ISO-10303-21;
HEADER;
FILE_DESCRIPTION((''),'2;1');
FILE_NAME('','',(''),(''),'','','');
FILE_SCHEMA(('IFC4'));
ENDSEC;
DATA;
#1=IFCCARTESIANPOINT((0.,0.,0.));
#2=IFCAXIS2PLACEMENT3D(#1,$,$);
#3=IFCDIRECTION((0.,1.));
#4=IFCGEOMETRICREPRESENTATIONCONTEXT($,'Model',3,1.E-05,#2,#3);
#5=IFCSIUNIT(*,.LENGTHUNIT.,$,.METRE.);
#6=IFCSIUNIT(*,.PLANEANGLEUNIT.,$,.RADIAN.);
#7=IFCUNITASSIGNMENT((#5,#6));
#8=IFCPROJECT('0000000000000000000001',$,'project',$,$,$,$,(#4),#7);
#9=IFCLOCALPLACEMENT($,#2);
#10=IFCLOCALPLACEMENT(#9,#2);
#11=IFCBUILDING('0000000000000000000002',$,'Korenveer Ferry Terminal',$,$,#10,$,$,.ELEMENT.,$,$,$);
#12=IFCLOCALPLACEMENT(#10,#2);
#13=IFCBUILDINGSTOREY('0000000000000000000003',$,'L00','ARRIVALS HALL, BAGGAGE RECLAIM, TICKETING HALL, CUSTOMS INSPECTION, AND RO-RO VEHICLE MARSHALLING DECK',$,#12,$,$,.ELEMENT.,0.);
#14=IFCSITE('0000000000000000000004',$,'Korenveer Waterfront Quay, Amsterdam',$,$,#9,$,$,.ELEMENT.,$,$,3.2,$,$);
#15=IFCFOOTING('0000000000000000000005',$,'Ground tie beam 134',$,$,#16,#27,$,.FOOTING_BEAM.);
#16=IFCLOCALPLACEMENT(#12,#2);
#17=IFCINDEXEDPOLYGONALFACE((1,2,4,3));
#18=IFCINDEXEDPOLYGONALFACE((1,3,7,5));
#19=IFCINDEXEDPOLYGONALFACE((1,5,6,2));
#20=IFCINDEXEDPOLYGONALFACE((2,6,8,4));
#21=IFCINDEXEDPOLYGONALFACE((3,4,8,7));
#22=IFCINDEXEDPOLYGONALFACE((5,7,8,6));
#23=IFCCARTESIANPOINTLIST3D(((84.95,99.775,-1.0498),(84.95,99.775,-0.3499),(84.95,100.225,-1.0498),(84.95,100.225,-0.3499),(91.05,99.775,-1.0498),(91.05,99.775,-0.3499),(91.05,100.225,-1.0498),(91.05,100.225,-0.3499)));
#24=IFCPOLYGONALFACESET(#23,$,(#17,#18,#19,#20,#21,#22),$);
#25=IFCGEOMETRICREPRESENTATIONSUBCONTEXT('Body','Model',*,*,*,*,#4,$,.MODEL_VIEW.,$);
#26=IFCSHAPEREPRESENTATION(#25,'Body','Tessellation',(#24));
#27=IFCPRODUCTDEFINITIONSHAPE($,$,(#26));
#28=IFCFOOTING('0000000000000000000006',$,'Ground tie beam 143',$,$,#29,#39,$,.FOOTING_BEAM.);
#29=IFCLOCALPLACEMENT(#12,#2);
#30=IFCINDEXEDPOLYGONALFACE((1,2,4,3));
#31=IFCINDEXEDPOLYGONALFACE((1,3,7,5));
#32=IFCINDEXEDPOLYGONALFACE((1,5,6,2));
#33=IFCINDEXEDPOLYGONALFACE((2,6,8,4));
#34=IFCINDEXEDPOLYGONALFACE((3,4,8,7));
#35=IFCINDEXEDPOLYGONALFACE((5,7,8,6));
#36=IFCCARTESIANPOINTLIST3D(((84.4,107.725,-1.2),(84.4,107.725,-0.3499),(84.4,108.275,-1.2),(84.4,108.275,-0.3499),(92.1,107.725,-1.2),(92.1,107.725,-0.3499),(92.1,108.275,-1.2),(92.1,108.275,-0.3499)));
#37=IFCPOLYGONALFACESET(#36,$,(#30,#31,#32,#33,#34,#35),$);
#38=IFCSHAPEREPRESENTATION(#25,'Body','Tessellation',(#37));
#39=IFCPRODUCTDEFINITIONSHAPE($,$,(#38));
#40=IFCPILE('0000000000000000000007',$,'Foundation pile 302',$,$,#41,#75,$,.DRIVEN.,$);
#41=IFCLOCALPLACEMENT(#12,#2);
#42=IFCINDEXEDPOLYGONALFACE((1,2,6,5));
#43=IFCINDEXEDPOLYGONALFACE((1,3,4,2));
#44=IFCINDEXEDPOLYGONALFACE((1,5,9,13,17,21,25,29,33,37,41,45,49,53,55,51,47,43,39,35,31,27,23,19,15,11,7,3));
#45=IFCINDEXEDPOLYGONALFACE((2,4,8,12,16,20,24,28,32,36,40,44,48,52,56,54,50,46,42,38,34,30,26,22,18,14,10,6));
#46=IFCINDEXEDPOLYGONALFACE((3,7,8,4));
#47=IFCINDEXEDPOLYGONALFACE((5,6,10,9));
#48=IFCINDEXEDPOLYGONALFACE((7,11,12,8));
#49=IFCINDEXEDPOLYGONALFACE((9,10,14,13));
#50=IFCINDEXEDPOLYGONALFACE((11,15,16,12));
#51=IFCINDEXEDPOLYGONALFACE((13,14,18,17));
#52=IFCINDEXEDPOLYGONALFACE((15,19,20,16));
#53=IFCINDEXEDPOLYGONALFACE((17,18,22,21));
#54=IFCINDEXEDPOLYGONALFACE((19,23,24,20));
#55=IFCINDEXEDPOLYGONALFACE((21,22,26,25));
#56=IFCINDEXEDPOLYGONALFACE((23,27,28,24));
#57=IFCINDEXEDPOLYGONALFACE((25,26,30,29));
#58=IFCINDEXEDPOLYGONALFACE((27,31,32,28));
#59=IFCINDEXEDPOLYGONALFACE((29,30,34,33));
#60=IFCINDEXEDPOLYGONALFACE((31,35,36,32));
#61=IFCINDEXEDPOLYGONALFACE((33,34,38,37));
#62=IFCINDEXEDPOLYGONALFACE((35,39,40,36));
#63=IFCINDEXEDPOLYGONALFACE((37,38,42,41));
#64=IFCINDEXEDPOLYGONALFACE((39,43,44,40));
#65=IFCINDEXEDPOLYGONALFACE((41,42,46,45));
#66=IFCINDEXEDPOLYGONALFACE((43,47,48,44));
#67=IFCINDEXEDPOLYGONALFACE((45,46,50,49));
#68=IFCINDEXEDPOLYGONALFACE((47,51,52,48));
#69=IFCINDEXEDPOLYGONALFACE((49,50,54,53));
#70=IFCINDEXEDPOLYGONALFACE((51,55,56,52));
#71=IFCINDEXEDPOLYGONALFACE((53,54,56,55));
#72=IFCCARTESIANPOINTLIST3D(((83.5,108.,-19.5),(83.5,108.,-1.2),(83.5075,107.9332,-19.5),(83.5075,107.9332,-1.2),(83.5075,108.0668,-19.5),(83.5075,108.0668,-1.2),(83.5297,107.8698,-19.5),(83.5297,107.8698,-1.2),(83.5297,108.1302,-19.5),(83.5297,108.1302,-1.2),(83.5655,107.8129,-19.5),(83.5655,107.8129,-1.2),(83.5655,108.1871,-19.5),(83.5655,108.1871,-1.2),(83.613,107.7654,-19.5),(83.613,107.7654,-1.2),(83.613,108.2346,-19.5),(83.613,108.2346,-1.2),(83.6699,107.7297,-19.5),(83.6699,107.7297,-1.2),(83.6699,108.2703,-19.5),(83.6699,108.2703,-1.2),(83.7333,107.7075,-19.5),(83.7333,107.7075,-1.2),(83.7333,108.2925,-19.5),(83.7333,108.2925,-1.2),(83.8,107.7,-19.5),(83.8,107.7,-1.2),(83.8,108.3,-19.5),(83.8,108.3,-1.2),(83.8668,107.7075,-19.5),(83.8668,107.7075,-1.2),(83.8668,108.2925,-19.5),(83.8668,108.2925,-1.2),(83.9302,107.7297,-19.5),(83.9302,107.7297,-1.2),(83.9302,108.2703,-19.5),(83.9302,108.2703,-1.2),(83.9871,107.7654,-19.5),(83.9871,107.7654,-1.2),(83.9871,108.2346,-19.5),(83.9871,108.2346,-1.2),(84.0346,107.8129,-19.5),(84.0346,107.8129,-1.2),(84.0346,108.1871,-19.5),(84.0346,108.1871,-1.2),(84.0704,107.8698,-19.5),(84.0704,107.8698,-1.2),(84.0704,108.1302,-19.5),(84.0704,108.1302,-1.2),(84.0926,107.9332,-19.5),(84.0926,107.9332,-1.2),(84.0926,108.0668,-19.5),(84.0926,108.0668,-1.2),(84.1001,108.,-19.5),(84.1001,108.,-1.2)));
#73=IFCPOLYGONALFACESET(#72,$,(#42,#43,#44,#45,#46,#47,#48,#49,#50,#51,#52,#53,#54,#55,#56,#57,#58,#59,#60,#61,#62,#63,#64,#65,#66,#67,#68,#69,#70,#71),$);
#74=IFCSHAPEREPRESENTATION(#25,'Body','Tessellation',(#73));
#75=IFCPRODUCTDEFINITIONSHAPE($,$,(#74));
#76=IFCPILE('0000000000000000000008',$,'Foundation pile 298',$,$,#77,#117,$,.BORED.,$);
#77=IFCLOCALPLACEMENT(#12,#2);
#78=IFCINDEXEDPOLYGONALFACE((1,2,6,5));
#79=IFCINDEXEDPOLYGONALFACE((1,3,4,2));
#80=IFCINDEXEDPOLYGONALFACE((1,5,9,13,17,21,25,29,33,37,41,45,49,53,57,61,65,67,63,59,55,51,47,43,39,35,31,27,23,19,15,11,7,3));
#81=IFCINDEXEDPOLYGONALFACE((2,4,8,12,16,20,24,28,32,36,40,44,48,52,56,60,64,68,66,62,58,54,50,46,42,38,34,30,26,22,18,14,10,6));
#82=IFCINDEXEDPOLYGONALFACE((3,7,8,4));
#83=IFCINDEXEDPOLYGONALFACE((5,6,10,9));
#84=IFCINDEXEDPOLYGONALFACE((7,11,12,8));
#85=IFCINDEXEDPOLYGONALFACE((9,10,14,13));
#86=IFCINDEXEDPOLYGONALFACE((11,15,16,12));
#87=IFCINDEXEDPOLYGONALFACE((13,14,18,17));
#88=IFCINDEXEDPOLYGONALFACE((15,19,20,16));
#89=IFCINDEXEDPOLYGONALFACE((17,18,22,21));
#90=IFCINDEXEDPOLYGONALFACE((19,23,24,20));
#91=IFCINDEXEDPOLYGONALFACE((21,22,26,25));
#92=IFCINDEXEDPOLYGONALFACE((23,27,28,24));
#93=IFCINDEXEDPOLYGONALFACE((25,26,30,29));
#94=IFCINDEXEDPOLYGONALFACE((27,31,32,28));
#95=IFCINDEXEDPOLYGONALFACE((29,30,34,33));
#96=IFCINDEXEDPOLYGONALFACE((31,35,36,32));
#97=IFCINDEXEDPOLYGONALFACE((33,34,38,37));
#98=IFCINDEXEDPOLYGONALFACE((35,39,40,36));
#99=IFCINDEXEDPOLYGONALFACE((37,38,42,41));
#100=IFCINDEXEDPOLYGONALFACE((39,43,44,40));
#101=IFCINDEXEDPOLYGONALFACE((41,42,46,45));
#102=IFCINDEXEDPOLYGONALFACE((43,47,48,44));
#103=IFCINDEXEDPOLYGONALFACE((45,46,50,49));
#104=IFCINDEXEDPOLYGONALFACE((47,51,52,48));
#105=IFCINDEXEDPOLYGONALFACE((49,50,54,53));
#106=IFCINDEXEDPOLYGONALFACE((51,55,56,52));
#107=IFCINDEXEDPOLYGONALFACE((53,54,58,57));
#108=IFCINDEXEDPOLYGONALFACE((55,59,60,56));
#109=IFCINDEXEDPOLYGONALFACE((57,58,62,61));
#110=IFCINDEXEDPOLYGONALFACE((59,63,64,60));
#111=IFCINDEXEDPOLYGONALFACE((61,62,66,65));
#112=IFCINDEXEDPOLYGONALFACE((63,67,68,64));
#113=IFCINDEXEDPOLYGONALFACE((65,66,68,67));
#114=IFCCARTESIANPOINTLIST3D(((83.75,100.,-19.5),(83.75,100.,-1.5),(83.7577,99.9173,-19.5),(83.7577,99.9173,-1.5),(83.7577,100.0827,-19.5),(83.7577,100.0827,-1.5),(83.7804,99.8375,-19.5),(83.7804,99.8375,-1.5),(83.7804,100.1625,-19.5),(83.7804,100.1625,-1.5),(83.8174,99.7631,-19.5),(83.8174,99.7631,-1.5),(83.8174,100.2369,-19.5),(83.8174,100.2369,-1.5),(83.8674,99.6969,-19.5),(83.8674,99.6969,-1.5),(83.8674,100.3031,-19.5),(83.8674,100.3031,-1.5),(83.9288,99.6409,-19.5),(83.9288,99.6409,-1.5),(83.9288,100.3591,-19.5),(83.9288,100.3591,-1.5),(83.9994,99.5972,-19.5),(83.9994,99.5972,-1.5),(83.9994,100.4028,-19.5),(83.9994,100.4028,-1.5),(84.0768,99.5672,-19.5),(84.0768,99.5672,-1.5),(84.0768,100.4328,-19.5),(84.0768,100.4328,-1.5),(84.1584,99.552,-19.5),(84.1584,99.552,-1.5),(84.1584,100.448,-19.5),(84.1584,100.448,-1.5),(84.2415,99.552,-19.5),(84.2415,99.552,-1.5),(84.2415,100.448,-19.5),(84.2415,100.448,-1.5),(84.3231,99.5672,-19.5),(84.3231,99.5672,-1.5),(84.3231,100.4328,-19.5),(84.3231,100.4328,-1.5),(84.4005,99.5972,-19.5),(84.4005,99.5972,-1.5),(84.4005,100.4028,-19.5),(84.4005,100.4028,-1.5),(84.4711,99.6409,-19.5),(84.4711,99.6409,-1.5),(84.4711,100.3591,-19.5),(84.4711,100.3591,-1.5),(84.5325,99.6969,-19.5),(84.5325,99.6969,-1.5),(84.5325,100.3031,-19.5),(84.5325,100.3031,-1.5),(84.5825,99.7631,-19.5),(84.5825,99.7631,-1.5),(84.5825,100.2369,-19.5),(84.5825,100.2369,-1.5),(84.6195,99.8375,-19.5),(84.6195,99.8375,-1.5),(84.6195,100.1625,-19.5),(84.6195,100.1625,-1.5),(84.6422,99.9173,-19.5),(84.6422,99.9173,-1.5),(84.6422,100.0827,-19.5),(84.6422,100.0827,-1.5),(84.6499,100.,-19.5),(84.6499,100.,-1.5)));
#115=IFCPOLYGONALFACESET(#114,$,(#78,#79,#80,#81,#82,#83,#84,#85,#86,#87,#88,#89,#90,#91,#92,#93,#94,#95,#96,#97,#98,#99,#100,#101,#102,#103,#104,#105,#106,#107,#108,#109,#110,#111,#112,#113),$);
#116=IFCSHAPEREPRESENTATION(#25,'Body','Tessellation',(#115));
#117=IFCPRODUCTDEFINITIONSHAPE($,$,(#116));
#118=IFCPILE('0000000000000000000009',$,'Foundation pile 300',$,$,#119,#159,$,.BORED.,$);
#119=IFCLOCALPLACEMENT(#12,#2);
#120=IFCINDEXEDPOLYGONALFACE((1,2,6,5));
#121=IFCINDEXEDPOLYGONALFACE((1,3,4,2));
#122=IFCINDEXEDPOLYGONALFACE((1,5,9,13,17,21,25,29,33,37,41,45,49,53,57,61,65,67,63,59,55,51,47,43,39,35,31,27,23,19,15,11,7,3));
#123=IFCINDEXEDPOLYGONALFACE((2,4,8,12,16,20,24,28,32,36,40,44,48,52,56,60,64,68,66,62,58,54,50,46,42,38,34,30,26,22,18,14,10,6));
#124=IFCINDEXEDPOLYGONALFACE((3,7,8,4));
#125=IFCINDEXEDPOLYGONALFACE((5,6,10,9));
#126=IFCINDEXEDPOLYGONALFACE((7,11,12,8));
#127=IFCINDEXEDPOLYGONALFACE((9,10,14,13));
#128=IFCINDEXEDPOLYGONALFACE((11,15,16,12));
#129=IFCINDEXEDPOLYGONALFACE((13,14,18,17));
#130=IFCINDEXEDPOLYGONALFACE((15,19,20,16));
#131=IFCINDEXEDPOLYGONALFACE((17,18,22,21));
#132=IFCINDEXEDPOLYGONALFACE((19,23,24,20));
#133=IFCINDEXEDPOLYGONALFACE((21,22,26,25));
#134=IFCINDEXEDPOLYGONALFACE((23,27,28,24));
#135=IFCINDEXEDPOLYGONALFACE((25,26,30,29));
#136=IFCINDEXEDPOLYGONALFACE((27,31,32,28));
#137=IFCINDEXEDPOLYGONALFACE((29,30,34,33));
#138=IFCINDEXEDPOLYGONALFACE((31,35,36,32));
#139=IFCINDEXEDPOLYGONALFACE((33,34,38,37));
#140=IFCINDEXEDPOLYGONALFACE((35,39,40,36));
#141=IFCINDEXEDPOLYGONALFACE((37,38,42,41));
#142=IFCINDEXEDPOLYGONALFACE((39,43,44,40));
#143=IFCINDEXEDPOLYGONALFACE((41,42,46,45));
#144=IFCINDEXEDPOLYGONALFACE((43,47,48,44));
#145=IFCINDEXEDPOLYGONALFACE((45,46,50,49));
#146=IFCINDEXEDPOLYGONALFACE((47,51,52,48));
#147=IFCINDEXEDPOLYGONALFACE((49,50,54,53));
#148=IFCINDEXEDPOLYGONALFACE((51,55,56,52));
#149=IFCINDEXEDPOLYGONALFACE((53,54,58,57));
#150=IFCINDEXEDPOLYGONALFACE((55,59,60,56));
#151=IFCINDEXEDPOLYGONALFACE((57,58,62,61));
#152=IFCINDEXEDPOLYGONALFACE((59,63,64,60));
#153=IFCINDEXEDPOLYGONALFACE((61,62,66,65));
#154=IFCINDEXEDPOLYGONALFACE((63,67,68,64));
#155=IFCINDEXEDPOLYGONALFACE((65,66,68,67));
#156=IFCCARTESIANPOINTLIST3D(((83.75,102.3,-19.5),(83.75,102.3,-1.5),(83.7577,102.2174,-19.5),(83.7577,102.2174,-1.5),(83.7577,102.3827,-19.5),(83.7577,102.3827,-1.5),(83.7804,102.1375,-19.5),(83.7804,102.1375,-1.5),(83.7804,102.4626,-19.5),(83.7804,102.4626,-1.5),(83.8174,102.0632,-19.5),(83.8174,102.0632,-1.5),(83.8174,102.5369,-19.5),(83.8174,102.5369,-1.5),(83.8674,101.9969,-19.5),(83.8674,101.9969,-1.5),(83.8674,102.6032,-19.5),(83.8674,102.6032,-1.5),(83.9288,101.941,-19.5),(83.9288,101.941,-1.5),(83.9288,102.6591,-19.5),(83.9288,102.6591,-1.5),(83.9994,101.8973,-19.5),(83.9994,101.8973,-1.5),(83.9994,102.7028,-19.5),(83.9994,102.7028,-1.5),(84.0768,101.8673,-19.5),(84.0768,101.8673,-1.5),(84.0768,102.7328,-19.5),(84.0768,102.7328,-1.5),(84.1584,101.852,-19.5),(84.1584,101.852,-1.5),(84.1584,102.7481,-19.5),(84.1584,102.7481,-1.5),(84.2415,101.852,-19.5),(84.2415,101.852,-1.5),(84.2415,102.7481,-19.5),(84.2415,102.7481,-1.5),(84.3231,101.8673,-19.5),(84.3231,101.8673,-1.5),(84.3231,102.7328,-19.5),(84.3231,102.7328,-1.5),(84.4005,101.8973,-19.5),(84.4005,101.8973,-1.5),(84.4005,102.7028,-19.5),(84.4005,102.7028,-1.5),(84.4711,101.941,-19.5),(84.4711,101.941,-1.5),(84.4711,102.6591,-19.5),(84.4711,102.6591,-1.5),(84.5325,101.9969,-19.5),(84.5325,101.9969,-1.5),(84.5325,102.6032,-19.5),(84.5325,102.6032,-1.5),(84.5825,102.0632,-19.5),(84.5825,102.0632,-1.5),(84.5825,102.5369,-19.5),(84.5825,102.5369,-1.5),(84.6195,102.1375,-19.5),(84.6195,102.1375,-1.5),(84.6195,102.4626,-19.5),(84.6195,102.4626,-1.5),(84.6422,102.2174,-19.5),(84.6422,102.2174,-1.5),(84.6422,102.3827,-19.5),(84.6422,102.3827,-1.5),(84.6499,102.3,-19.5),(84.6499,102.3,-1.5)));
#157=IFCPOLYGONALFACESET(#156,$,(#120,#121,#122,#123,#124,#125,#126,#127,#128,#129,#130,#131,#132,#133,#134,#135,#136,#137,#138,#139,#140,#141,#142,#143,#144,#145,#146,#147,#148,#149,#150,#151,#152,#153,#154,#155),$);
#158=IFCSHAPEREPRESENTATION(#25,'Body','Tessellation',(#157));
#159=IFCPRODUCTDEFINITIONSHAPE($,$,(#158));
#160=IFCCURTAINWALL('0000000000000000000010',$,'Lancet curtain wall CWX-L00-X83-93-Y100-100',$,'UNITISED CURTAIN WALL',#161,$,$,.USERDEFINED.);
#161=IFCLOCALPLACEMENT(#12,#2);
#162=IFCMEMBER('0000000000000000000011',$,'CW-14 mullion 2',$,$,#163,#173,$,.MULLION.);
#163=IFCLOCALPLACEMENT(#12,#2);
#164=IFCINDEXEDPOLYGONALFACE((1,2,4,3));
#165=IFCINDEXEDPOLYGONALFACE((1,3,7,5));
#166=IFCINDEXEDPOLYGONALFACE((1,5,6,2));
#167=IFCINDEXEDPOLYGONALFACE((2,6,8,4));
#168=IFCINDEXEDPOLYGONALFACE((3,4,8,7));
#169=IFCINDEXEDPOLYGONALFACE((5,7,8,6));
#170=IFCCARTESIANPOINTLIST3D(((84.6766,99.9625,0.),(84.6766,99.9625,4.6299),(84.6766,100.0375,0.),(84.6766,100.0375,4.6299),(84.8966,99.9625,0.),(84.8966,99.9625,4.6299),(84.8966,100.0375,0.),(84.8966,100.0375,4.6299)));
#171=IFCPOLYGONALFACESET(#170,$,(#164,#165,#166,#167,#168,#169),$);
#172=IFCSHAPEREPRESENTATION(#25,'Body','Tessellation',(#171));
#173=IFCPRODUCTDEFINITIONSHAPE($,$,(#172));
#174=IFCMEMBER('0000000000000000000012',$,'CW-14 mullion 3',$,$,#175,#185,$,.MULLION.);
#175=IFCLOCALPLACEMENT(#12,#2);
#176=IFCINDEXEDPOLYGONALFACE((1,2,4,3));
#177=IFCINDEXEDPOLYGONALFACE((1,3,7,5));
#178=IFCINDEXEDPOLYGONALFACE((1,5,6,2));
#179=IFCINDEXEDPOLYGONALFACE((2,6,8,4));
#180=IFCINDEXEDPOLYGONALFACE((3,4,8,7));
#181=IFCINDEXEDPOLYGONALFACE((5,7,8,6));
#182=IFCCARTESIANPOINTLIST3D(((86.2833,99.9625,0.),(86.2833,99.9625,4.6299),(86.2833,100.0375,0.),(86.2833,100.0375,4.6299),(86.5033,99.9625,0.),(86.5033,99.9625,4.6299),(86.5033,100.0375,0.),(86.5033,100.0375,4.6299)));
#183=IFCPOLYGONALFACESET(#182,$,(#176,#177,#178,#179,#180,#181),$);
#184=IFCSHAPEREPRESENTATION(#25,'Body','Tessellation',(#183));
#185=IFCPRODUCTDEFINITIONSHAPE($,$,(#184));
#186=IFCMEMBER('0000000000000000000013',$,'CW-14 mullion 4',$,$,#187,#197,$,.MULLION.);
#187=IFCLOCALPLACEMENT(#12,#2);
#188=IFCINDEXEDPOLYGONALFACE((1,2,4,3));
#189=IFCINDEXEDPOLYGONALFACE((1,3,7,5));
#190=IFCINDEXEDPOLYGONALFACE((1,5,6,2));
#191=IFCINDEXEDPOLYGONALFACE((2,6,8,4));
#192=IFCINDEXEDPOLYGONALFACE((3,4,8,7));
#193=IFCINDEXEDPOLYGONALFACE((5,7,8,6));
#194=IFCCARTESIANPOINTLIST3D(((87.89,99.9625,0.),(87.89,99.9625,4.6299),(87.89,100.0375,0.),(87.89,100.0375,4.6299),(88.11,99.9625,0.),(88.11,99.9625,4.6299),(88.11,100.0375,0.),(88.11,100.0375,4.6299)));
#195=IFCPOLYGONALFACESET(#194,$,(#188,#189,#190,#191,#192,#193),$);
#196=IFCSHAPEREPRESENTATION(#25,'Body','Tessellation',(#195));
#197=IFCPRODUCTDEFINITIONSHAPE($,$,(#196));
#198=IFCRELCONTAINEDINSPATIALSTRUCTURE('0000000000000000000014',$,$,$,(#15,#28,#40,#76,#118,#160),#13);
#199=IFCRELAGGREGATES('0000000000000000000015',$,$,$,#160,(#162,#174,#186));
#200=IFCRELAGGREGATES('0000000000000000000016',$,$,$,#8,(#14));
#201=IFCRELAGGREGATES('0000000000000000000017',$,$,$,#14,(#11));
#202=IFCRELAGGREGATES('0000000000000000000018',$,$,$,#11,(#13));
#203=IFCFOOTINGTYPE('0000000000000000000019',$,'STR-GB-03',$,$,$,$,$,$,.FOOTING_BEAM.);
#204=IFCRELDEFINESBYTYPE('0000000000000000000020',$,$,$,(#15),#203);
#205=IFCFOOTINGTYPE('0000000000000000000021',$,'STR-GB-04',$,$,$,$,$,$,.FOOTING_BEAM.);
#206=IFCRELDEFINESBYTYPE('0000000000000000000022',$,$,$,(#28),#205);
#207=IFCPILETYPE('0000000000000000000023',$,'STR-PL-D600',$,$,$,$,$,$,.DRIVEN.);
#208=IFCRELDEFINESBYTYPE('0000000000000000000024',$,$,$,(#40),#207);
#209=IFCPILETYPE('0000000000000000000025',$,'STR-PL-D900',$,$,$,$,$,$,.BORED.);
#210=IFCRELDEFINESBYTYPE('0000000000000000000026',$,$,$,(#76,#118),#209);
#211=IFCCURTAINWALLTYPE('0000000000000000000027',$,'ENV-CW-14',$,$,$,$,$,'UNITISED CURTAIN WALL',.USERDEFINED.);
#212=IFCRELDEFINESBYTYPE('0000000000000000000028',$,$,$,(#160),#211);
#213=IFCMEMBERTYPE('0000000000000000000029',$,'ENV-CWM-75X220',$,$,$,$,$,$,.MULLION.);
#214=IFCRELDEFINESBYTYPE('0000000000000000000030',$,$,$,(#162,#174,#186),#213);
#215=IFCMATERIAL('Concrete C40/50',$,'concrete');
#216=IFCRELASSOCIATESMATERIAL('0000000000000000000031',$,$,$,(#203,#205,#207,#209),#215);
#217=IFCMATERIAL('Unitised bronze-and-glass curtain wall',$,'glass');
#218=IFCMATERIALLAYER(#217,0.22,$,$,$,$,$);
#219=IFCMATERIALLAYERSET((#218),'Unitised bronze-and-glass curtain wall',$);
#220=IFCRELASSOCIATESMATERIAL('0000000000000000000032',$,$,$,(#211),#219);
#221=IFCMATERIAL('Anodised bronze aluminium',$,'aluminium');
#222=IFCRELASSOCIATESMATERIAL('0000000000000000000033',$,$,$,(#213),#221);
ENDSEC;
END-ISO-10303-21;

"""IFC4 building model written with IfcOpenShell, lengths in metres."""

from ifc_helpers import new_model, si_unit, direction, frame, origin, origin_2d, place, context, subcontext, project, spatial, rectangle, circle, extrude, material, layer, layer_set, material_profile, profile_set, type_object, element, aggregate, save


model = new_model("IFC4")

# Units and contexts
model_context = context("Model", 3, precision=1e-05, world=origin(), true_north=direction((0.0, 1.0)))
body_context = subcontext(model_context, "Body", "Model", "MODEL_VIEW")
ifc_project = project(units=[si_unit("LENGTHUNIT", "METRE"), si_unit("PLANEANGLEUNIT", "RADIAN")], contexts=[model_context])

# Site, building, storey
site_placement = place(None, origin())
site = spatial("IfcSite", under=ifc_project, at=site_placement, Name="Korenveer Waterfront Quay, Amsterdam", CompositionType="ELEMENT", RefElevation=3.2)
building_placement = place(site_placement, origin())
building = spatial("IfcBuilding", under=site, at=building_placement, Name="Korenveer Ferry Terminal", CompositionType="ELEMENT")
storey_placement = place(building_placement, origin())
storey = spatial("IfcBuildingStorey", under=building, at=storey_placement, Name="L00", Description="ARRIVALS HALL, BAGGAGE RECLAIM, TICKETING HALL, CUSTOMS INSPECTION, AND RO-RO VEHICLE MARSHALLING DECK", CompositionType="ELEMENT", Elevation=0.0)

# Footings
ifc_material_1 = material(Name="Concrete C40/50", Category="concrete")
footing_type_1 = type_object("IfcFootingType", Name="STR-GB-03", PredefinedType="FOOTING_BEAM", material=ifc_material_1)
footing_1_placement = place(storey_placement, frame((88.0, 100.0, -1.0498), z_axis=(0.0, 0.0, 1.0), x_axis=(1.0, 0.0, 0.0)))
element("IfcFooting", 1, at=footing_1_placement, inside=storey, type_object=footing_type_1, Name="Ground tie beam 134", PredefinedType="FOOTING_BEAM", context=body_context, shape_type="SweptSolid", body=[
    extrude(rectangle(XDim=6.1001, YDim=0.45, at=origin_2d()), origin(), (0.0, 0.0, 1.0), 0.7),
])
footing_type_2 = type_object("IfcFootingType", Name="STR-GB-04", PredefinedType="FOOTING_BEAM", material=ifc_material_1)
footing_2_placement = place(storey_placement, frame((88.25, 108.0, -1.2), z_axis=(0.0, 0.0, 1.0), x_axis=(1.0, 0.0, 0.0)))
element("IfcFooting", 2, at=footing_2_placement, inside=storey, type_object=footing_type_2, Name="Ground tie beam 143", PredefinedType="FOOTING_BEAM", context=body_context, shape_type="SweptSolid", body=[
    extrude(rectangle(XDim=7.7, YDim=0.55, at=origin_2d()), origin(), (0.0, 0.0, 1.0), 0.8501),
])

# Piles
ifc_material_profile_1 = material_profile(ifc_material_1, circle(Radius=0.3, at=origin_2d()), Name="PILE D600")
ifc_profile_set_1 = profile_set([ifc_material_profile_1], Name="Concrete C40/50")
pile_type_1 = type_object("IfcPileType", Name="STR-PL-D600", PredefinedType="DRIVEN", material=ifc_profile_set_1)
pile_placement = place(storey_placement, frame((83.8, 108.0, -1.2), z_axis=(0.0, 0.0, -1.0), x_axis=(1.0, 0.0, 0.0)))
element("IfcPile", 3, at=pile_placement, inside=storey, type_object=pile_type_1, Name="Foundation pile 302", PredefinedType="DRIVEN", context=body_context, shape_type="SweptSolid", body=[
    extrude(circle(Radius=0.3, at=origin_2d()), origin(), (0.0, 0.0, 1.0), 18.3),
])
ifc_material_profile_2 = material_profile(ifc_material_1, circle(Radius=0.45, at=origin_2d()), Name="PILE D900")
ifc_profile_set_2 = profile_set([ifc_material_profile_2], Name="Concrete C40/50")
pile_type_2 = type_object("IfcPileType", Name="STR-PL-D900", PredefinedType="BORED", material=ifc_profile_set_2)
for number, where, z_axis, x_axis, name in (
    (4, (84.2, 100.0, -1.5), (0.0, 0.0, -1.0), (1.0, 0.0, 0.0), "Foundation pile 298"),
    (5, (84.2, 102.3, -1.5), (0.0, 0.0, -1.0), (1.0, 0.0, 0.0), "Foundation pile 300"),
):
    element("IfcPile", number, at=place(storey_placement, frame(where, z_axis=z_axis, x_axis=x_axis)), inside=storey, type_object=pile_type_2, Name=name, PredefinedType="BORED", context=body_context, shape_type="SweptSolid", body=[
        extrude(circle(Radius=0.45, at=origin_2d()), origin(), (0.0, 0.0, 1.0), 18.0),
    ])

# Curtain wall, members
ifc_material_2 = material(Name="Unitised bronze-and-glass curtain wall", Category="glass")
ifc_layer_1 = layer(ifc_material_2, 0.22)
ifc_layer_set_1 = layer_set([ifc_layer_1], Name="Unitised bronze-and-glass curtain wall")
curtain_wall_type = type_object("IfcCurtainWallType", Name="ENV-CW-14", ElementType="UNITISED CURTAIN WALL", PredefinedType="USERDEFINED", material=ifc_layer_set_1)
curtain_wall_placement = place(storey_placement, frame((83.1799, 100.0, 0.0)))
curtain_wall = element("IfcCurtainWall", 6, at=curtain_wall_placement, inside=storey, type_object=curtain_wall_type, Name="Lancet curtain wall CWX-L00-X83-93-Y100-100", ObjectType="UNITISED CURTAIN WALL", PredefinedType="USERDEFINED")
ifc_material_3 = material(Name="Anodised bronze aluminium", Category="aluminium")
ifc_material_profile_3 = material_profile(ifc_material_3, rectangle(XDim=0.075, YDim=0.22, at=origin_2d()), Name="ALU 75x220")
ifc_profile_set_3 = profile_set([ifc_material_profile_3], Name="Anodised bronze aluminium")
member_type_1 = type_object("IfcMemberType", Name="ENV-CWM-75X220", PredefinedType="MULLION", material=ifc_profile_set_3)
member_1_placement = place(storey_placement, frame((84.7866, 100.0, 0.0), z_axis=(0.0, 0.0, 1.0), x_axis=(0.0, 1.0, 0.0)))
member_1 = element("IfcMember", 7, at=member_1_placement, type_object=member_type_1, Name="CW-14 mullion 2", PredefinedType="MULLION", context=body_context, shape_type="SweptSolid", body=[
    extrude(rectangle(XDim=0.075, YDim=0.22, at=origin_2d()), origin(), (0.0, 0.0, 1.0), 4.6299),
])
member_2_placement = place(storey_placement, frame((86.3933, 100.0, 0.0), z_axis=(0.0, 0.0, 1.0), x_axis=(0.0, 1.0, 0.0)))
member_2 = element("IfcMember", 8, at=member_2_placement, type_object=member_type_1, Name="CW-14 mullion 3", PredefinedType="MULLION", context=body_context, shape_type="SweptSolid", body=[
    extrude(rectangle(XDim=0.075, YDim=0.22, at=origin_2d()), origin(), (0.0, 0.0, 1.0), 4.6299),
])
member_3_placement = place(storey_placement, frame((88.0, 100.0, 0.0), z_axis=(0.0, 0.0, 1.0), x_axis=(0.0, 1.0, 0.0)))
member_3 = element("IfcMember", 9, at=member_3_placement, type_object=member_type_1, Name="CW-14 mullion 4", PredefinedType="MULLION", context=body_context, shape_type="SweptSolid", body=[
    extrude(rectangle(XDim=0.075, YDim=0.22, at=origin_2d()), origin(), (0.0, 0.0, 1.0), 4.6299),
])
aggregate(curtain_wall, [member_1, member_2, member_3])

save(model, "model.ifc")
